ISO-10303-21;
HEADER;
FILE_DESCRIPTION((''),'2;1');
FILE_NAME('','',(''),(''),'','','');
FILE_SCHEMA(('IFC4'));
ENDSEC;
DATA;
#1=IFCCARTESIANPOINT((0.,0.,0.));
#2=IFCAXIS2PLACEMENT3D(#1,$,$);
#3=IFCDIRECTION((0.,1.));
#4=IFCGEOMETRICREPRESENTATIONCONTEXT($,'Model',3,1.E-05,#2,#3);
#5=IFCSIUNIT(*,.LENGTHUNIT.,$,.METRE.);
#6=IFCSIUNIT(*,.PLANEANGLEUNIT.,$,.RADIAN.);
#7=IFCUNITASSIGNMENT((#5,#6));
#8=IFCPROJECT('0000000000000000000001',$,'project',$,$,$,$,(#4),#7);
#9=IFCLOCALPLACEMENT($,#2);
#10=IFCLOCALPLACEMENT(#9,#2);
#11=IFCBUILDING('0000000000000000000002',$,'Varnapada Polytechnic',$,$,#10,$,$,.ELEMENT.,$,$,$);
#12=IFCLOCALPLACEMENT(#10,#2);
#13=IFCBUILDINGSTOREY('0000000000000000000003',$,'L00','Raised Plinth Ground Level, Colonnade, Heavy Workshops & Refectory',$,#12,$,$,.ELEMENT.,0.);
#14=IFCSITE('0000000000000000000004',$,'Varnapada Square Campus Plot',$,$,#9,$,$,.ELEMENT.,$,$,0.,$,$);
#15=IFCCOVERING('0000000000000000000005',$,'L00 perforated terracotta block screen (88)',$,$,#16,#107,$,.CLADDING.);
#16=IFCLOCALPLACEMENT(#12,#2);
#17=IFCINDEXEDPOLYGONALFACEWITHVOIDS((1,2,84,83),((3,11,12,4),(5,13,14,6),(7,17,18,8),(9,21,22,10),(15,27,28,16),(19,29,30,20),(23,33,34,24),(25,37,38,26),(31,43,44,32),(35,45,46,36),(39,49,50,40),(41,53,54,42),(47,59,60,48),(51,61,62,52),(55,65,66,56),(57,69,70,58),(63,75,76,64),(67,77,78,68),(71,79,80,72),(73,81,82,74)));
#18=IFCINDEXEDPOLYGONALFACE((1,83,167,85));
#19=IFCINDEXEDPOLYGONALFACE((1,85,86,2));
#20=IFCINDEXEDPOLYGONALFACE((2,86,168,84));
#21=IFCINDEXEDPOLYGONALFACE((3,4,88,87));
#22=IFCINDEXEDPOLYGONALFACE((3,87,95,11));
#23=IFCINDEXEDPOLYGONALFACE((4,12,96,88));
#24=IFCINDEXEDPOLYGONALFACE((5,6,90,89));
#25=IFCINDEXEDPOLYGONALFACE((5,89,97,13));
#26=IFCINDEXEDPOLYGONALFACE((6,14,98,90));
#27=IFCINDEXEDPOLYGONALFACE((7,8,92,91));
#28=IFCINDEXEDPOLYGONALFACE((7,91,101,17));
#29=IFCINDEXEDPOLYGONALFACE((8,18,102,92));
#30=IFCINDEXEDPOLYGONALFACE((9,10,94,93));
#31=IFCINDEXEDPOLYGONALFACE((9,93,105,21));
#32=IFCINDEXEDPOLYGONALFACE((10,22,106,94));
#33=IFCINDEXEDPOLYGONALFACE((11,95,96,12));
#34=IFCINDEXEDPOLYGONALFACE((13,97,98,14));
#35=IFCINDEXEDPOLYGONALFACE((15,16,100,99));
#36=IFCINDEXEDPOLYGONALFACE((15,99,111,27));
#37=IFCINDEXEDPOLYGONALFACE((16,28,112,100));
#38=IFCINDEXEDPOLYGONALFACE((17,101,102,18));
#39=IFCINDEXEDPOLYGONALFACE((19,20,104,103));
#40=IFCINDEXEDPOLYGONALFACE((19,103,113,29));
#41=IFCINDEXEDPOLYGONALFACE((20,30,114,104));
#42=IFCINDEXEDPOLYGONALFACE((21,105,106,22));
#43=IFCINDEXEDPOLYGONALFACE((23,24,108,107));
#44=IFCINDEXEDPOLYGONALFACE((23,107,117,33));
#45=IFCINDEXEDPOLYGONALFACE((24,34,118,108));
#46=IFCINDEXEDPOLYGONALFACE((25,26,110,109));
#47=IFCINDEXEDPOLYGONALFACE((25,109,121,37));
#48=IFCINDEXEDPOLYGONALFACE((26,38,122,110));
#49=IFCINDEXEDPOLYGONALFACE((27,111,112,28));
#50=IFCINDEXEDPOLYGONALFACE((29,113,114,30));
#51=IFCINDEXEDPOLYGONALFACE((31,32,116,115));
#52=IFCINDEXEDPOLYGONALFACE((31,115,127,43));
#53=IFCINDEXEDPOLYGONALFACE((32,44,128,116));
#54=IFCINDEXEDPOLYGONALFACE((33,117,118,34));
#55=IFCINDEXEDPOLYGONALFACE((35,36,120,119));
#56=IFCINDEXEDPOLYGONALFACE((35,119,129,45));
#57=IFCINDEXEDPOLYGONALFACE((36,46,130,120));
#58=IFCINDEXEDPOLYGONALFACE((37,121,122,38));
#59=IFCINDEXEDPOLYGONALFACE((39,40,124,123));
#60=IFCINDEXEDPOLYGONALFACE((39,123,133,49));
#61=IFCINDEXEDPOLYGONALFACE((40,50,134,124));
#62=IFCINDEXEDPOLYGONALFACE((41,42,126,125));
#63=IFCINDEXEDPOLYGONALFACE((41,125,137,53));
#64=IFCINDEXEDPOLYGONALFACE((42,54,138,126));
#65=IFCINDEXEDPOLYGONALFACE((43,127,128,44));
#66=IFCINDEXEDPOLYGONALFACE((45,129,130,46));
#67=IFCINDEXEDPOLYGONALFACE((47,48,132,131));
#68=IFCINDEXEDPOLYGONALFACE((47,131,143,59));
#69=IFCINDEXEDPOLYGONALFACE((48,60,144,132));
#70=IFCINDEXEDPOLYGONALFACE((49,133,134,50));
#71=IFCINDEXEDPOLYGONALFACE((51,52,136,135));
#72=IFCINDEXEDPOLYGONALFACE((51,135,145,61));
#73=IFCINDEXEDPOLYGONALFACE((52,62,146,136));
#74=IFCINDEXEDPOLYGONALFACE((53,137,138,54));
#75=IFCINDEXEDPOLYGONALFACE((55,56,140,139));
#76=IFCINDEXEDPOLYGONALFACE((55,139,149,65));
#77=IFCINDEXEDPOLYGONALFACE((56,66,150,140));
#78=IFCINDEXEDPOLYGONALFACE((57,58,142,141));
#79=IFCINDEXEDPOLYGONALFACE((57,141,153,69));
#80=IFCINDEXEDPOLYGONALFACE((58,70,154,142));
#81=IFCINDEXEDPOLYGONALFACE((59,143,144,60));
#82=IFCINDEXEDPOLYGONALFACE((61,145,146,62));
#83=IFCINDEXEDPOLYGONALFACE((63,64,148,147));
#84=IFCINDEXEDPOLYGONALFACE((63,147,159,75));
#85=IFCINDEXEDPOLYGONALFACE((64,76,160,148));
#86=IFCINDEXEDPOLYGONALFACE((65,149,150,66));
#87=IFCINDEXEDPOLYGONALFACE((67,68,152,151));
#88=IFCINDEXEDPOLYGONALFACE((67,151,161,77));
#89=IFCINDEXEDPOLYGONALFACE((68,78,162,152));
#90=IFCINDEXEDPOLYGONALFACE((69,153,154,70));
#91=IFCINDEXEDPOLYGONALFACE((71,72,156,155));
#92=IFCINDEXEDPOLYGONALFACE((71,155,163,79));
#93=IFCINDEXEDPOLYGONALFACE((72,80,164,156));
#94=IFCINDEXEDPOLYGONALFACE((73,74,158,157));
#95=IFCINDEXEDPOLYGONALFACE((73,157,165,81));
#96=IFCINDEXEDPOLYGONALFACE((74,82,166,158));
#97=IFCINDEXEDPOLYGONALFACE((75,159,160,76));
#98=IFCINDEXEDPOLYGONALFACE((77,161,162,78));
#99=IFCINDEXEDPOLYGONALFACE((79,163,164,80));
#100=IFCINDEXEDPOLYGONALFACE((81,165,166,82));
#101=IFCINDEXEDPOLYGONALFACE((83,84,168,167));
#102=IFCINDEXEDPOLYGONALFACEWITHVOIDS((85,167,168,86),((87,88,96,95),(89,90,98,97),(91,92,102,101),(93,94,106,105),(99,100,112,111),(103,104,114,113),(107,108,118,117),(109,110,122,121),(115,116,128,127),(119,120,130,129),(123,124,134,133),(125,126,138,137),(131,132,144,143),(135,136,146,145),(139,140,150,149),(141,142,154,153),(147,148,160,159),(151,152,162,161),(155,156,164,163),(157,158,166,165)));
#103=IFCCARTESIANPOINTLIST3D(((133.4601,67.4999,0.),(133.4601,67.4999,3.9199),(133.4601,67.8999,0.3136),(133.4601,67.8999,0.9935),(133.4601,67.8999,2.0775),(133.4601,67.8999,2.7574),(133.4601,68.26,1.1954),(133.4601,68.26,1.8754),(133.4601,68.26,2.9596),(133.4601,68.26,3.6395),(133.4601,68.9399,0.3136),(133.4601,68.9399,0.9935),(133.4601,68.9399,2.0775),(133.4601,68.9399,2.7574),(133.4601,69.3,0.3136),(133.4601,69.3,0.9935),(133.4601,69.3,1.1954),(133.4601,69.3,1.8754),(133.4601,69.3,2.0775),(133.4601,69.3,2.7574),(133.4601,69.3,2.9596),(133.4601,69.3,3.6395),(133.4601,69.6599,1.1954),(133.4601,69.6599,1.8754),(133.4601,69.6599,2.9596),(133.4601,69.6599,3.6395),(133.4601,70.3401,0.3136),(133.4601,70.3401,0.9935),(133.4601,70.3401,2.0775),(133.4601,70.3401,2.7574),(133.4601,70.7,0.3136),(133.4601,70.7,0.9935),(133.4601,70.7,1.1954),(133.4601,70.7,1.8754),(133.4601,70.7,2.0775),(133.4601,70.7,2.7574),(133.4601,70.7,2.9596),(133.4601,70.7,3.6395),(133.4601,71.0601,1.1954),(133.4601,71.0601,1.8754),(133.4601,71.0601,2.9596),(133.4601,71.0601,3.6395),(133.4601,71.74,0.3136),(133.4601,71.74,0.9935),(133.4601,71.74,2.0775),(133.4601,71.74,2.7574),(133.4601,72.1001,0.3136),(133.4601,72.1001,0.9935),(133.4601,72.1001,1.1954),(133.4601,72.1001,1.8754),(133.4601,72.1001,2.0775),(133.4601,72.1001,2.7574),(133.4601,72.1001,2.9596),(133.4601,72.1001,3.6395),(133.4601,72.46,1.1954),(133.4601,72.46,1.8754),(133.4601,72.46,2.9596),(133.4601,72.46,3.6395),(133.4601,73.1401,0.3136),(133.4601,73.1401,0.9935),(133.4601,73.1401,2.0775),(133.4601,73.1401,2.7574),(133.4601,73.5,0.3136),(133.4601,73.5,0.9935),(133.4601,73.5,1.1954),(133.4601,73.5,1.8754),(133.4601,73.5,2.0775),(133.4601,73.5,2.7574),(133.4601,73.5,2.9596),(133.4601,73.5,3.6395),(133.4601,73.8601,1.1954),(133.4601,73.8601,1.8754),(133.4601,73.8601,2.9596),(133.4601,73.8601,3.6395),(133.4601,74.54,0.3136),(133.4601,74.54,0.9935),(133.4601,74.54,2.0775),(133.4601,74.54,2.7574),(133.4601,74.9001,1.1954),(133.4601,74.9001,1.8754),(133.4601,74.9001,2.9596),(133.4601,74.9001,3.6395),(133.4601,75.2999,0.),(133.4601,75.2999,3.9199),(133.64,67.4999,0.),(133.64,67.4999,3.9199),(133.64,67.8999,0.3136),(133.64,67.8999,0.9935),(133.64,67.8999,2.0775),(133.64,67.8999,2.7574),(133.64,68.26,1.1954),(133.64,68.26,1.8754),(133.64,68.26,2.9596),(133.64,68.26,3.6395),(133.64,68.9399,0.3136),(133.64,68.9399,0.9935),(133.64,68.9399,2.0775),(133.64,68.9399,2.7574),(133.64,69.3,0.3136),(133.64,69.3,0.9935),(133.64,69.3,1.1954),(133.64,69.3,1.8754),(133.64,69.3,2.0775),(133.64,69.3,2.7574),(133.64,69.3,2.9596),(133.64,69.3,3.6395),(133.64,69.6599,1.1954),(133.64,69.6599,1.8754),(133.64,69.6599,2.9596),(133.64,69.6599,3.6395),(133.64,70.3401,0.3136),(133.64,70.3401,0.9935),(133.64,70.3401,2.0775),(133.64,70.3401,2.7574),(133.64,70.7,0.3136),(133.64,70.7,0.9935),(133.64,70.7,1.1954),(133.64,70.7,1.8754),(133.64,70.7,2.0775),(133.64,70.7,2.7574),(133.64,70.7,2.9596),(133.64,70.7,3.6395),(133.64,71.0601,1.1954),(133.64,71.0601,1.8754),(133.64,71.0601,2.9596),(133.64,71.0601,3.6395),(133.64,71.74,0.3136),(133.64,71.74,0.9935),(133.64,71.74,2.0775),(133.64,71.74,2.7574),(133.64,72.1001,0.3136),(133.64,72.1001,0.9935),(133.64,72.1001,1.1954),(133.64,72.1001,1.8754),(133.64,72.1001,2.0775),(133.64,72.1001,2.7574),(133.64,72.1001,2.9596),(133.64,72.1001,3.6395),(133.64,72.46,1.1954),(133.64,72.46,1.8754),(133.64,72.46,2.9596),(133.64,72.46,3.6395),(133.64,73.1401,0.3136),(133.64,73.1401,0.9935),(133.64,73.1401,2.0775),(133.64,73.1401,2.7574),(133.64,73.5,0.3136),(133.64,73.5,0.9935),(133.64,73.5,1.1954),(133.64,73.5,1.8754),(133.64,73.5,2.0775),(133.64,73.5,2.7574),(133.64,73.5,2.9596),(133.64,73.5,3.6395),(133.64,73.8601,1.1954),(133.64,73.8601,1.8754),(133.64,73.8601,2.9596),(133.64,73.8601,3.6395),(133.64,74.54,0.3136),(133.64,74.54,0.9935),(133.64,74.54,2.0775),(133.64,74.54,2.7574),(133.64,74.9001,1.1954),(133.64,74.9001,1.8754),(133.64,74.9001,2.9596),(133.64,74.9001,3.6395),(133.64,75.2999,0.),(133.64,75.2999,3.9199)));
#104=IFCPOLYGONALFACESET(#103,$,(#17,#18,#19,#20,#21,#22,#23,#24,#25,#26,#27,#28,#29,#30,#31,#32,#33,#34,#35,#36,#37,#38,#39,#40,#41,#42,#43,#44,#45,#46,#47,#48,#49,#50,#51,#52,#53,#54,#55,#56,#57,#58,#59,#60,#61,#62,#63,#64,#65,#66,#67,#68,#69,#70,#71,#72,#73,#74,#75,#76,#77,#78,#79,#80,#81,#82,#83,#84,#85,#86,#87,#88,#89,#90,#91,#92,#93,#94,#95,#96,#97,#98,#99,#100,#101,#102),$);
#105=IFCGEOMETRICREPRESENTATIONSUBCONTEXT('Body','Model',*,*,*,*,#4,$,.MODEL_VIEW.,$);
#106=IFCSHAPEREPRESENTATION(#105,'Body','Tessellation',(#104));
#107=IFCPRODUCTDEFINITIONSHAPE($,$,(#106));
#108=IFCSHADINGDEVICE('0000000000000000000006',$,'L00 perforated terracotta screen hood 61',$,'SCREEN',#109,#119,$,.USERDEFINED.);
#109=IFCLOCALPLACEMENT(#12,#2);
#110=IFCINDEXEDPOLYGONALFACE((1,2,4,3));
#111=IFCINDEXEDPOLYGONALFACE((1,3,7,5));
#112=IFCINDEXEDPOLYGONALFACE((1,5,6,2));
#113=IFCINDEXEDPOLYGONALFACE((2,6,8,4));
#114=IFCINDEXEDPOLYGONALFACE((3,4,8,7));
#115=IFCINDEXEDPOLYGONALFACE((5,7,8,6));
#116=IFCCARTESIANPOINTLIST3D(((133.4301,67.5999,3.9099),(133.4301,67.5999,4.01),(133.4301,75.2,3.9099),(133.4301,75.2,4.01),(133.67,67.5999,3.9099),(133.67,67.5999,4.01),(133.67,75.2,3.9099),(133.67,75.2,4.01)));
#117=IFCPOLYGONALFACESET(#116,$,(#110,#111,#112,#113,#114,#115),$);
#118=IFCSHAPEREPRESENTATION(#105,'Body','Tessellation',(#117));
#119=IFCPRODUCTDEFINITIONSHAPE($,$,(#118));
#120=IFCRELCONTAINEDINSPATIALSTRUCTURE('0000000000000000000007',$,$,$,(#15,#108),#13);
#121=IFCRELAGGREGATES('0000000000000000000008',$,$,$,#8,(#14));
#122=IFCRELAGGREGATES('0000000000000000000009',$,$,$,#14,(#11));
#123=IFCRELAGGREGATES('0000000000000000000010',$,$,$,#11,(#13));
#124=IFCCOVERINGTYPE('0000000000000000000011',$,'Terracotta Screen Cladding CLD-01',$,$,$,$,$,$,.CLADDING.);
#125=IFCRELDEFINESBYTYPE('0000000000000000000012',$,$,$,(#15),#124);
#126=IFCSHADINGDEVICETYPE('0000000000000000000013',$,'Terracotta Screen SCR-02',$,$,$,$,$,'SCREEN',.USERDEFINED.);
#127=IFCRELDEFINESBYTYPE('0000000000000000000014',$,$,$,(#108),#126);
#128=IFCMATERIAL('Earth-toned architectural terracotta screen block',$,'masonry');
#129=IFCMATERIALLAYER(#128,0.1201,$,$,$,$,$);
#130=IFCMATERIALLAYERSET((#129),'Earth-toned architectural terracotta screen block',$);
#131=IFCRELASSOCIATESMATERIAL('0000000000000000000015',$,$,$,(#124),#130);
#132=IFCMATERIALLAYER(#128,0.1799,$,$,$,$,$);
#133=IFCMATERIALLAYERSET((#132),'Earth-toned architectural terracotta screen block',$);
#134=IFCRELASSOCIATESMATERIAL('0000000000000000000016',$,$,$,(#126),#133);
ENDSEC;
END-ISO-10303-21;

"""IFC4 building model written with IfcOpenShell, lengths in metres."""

from ifc_helpers import new_model, si_unit, direction, frame, frame_2d, origin, origin_2d, place, context, subcontext, project, spatial, rectangle, extrude, material, layer, layer_set, type_object, element, save


model = new_model("IFC4")

# Units and contexts
model_context = context("Model", 3, precision=1e-05, world=origin(), true_north=direction((0.0, 1.0)))
body_context = subcontext(model_context, "Body", "Model", "MODEL_VIEW")
ifc_project = project(units=[si_unit("LENGTHUNIT", "METRE"), si_unit("PLANEANGLEUNIT", "RADIAN")], contexts=[model_context])

# Site, building, storey
site_placement = place(None, origin())
site = spatial("IfcSite", under=ifc_project, at=site_placement, Name="Varnapada Square Campus Plot", CompositionType="ELEMENT", RefElevation=0.0)
building_placement = place(site_placement, origin())
building = spatial("IfcBuilding", under=site, at=building_placement, Name="Varnapada Polytechnic", CompositionType="ELEMENT")
storey_placement = place(building_placement, origin())
storey = spatial("IfcBuildingStorey", under=building, at=storey_placement, Name="L00", Description="Raised Plinth Ground Level, Colonnade, Heavy Workshops & Refectory", CompositionType="ELEMENT", Elevation=0.0)

# Covering, openings
ifc_material_1 = material(Name="Earth-toned architectural terracotta screen block", Category="masonry")
ifc_layer_1 = layer(ifc_material_1, 0.1201)
ifc_layer_set_1 = layer_set([ifc_layer_1], Name="Earth-toned architectural terracotta screen block")
covering_type = type_object("IfcCoveringType", Name="Terracotta Screen Cladding CLD-01", PredefinedType="CLADDING", material=ifc_layer_set_1)
covering_placement = place(storey_placement, frame((133.55, 67.5, 0.0), z_axis=(0.0, 0.0, 1.0), x_axis=(0.0, 1.0, 0.0)))
covering = element("IfcCovering", 1, at=covering_placement, inside=storey, type_object=covering_type, Name="L00 perforated terracotta block screen (88)", PredefinedType="CLADDING", context=body_context, shape_type="SweptSolid", body=[
    extrude(rectangle(XDim=7.8, YDim=0.1799, at=frame_2d((3.8999, 0.0))), origin(), (0.0, 0.0, 1.0), 3.9199),
])
opening_1_placement = place(covering_placement, frame((0.3999, 0.0, 0.3137)))
element("IfcOpeningElement", 2, at=opening_1_placement, cuts=covering, PredefinedType="OPENING", context=body_context, shape_type="SweptSolid", body=[
    extrude(rectangle(XDim=1.04, YDim=0.6799, at=frame_2d((0.52, 0.3398))), frame((0.0, 0.0999, 0.0), z_axis=(0.0, -1.0, 0.0), x_axis=(1.0, 0.0, 0.0)), (0.0, 0.0, 1.0), 0.2),
])
opening_2_placement = place(covering_placement, frame((1.8, 0.0, 0.3137)))
element("IfcOpeningElement", 3, at=opening_2_placement, cuts=covering, PredefinedType="OPENING", context=body_context, shape_type="SweptSolid", body=[
    extrude(rectangle(XDim=1.04, YDim=0.6799, at=frame_2d((0.52, 0.3398))), frame((0.0, 0.0999, 0.0), z_axis=(0.0, -1.0, 0.0), x_axis=(1.0, 0.0, 0.0)), (0.0, 0.0, 1.0), 0.2),
])
opening_3_placement = place(covering_placement, frame((3.2, 0.0, 0.3137)))
element("IfcOpeningElement", 4, at=opening_3_placement, cuts=covering, PredefinedType="OPENING", context=body_context, shape_type="SweptSolid", body=[
    extrude(rectangle(XDim=1.04, YDim=0.6799, at=frame_2d((0.52, 0.3398))), frame((0.0, 0.0999, 0.0), z_axis=(0.0, -1.0, 0.0), x_axis=(1.0, 0.0, 0.0)), (0.0, 0.0, 1.0), 0.2),
])
opening_4_placement = place(covering_placement, frame((4.6001, 0.0, 0.3137)))
element("IfcOpeningElement", 5, at=opening_4_placement, cuts=covering, PredefinedType="OPENING", context=body_context, shape_type="SweptSolid", body=[
    extrude(rectangle(XDim=1.04, YDim=0.6799, at=frame_2d((0.52, 0.3398))), frame((0.0, 0.0999, 0.0), z_axis=(0.0, -1.0, 0.0), x_axis=(1.0, 0.0, 0.0)), (0.0, 0.0, 1.0), 0.2),
])
opening_5_placement = place(covering_placement, frame((6.0, 0.0, 0.3137)))
element("IfcOpeningElement", 6, at=opening_5_placement, cuts=covering, PredefinedType="OPENING", context=body_context, shape_type="SweptSolid", body=[
    extrude(rectangle(XDim=1.04, YDim=0.6799, at=frame_2d((0.52, 0.3398))), frame((0.0, 0.0999, 0.0), z_axis=(0.0, -1.0, 0.0), x_axis=(1.0, 0.0, 0.0)), (0.0, 0.0, 1.0), 0.2),
])
opening_6_placement = place(covering_placement, frame((0.76, 0.0, 1.1956)))
element("IfcOpeningElement", 7, at=opening_6_placement, cuts=covering, PredefinedType="OPENING", context=body_context, shape_type="SweptSolid", body=[
    extrude(rectangle(XDim=1.04, YDim=0.6799, at=frame_2d((0.52, 0.3398))), frame((0.0, 0.0999, 0.0), z_axis=(0.0, -1.0, 0.0), x_axis=(1.0, 0.0, 0.0)), (0.0, 0.0, 1.0), 0.2),
])
opening_7_placement = place(covering_placement, frame((2.1599, 0.0, 1.1956)))
element("IfcOpeningElement", 8, at=opening_7_placement, cuts=covering, PredefinedType="OPENING", context=body_context, shape_type="SweptSolid", body=[
    extrude(rectangle(XDim=1.04, YDim=0.6799, at=frame_2d((0.52, 0.3398))), frame((0.0, 0.0999, 0.0), z_axis=(0.0, -1.0, 0.0), x_axis=(1.0, 0.0, 0.0)), (0.0, 0.0, 1.0), 0.2),
])
opening_8_placement = place(covering_placement, frame((3.5601, 0.0, 1.1956)))
element("IfcOpeningElement", 9, at=opening_8_placement, cuts=covering, PredefinedType="OPENING", context=body_context, shape_type="SweptSolid", body=[
    extrude(rectangle(XDim=1.04, YDim=0.6799, at=frame_2d((0.52, 0.3398))), frame((0.0, 0.0999, 0.0), z_axis=(0.0, -1.0, 0.0), x_axis=(1.0, 0.0, 0.0)), (0.0, 0.0, 1.0), 0.2),
])
opening_9_placement = place(covering_placement, frame((4.96, 0.0, 1.1956)))
element("IfcOpeningElement", 10, at=opening_9_placement, cuts=covering, PredefinedType="OPENING", context=body_context, shape_type="SweptSolid", body=[
    extrude(rectangle(XDim=1.04, YDim=0.6799, at=frame_2d((0.52, 0.3398))), frame((0.0, 0.0999, 0.0), z_axis=(0.0, -1.0, 0.0), x_axis=(1.0, 0.0, 0.0)), (0.0, 0.0, 1.0), 0.2),
])
opening_10_placement = place(covering_placement, frame((6.3601, 0.0, 1.1956)))
element("IfcOpeningElement", 11, at=opening_10_placement, cuts=covering, PredefinedType="OPENING", context=body_context, shape_type="SweptSolid", body=[
    extrude(rectangle(XDim=1.04, YDim=0.6799, at=frame_2d((0.52, 0.3398))), frame((0.0, 0.0999, 0.0), z_axis=(0.0, -1.0, 0.0), x_axis=(1.0, 0.0, 0.0)), (0.0, 0.0, 1.0), 0.2),
])
opening_11_placement = place(covering_placement, frame((0.3999, 0.0, 2.0776)))
element("IfcOpeningElement", 12, at=opening_11_placement, cuts=covering, PredefinedType="OPENING", context=body_context, shape_type="SweptSolid", body=[
    extrude(rectangle(XDim=1.04, YDim=0.6799, at=frame_2d((0.52, 0.3398))), frame((0.0, 0.0999, 0.0), z_axis=(0.0, -1.0, 0.0), x_axis=(1.0, 0.0, 0.0)), (0.0, 0.0, 1.0), 0.2),
])
opening_12_placement = place(covering_placement, frame((1.8, 0.0, 2.0776)))
element("IfcOpeningElement", 13, at=opening_12_placement, cuts=covering, PredefinedType="OPENING", context=body_context, shape_type="SweptSolid", body=[
    extrude(rectangle(XDim=1.04, YDim=0.6799, at=frame_2d((0.52, 0.3398))), frame((0.0, 0.0999, 0.0), z_axis=(0.0, -1.0, 0.0), x_axis=(1.0, 0.0, 0.0)), (0.0, 0.0, 1.0), 0.2),
])
opening_13_placement = place(covering_placement, frame((3.2, 0.0, 2.0776)))
element("IfcOpeningElement", 14, at=opening_13_placement, cuts=covering, PredefinedType="OPENING", context=body_context, shape_type="SweptSolid", body=[
    extrude(rectangle(XDim=1.04, YDim=0.6799, at=frame_2d((0.52, 0.3398))), frame((0.0, 0.0999, 0.0), z_axis=(0.0, -1.0, 0.0), x_axis=(1.0, 0.0, 0.0)), (0.0, 0.0, 1.0), 0.2),
])
opening_14_placement = place(covering_placement, frame((4.6001, 0.0, 2.0776)))
element("IfcOpeningElement", 15, at=opening_14_placement, cuts=covering, PredefinedType="OPENING", context=body_context, shape_type="SweptSolid", body=[
    extrude(rectangle(XDim=1.04, YDim=0.6799, at=frame_2d((0.52, 0.3398))), frame((0.0, 0.0999, 0.0), z_axis=(0.0, -1.0, 0.0), x_axis=(1.0, 0.0, 0.0)), (0.0, 0.0, 1.0), 0.2),
])
opening_15_placement = place(covering_placement, frame((6.0, 0.0, 2.0776)))
element("IfcOpeningElement", 16, at=opening_15_placement, cuts=covering, PredefinedType="OPENING", context=body_context, shape_type="SweptSolid", body=[
    extrude(rectangle(XDim=1.04, YDim=0.6799, at=frame_2d((0.52, 0.3398))), frame((0.0, 0.0999, 0.0), z_axis=(0.0, -1.0, 0.0), x_axis=(1.0, 0.0, 0.0)), (0.0, 0.0, 1.0), 0.2),
])
opening_16_placement = place(covering_placement, frame((0.76, 0.0, 2.9597)))
element("IfcOpeningElement", 17, at=opening_16_placement, cuts=covering, PredefinedType="OPENING", context=body_context, shape_type="SweptSolid", body=[
    extrude(rectangle(XDim=1.04, YDim=0.6799, at=frame_2d((0.52, 0.3398))), frame((0.0, 0.0999, 0.0), z_axis=(0.0, -1.0, 0.0), x_axis=(1.0, 0.0, 0.0)), (0.0, 0.0, 1.0), 0.2),
])
opening_17_placement = place(covering_placement, frame((2.1599, 0.0, 2.9597)))
element("IfcOpeningElement", 18, at=opening_17_placement, cuts=covering, PredefinedType="OPENING", context=body_context, shape_type="SweptSolid", body=[
    extrude(rectangle(XDim=1.04, YDim=0.6799, at=frame_2d((0.52, 0.3398))), frame((0.0, 0.0999, 0.0), z_axis=(0.0, -1.0, 0.0), x_axis=(1.0, 0.0, 0.0)), (0.0, 0.0, 1.0), 0.2),
])
opening_18_placement = place(covering_placement, frame((3.5601, 0.0, 2.9597)))
element("IfcOpeningElement", 19, at=opening_18_placement, cuts=covering, PredefinedType="OPENING", context=body_context, shape_type="SweptSolid", body=[
    extrude(rectangle(XDim=1.04, YDim=0.6799, at=frame_2d((0.52, 0.3398))), frame((0.0, 0.0999, 0.0), z_axis=(0.0, -1.0, 0.0), x_axis=(1.0, 0.0, 0.0)), (0.0, 0.0, 1.0), 0.2),
])
opening_19_placement = place(covering_placement, frame((4.96, 0.0, 2.9597)))
element("IfcOpeningElement", 20, at=opening_19_placement, cuts=covering, PredefinedType="OPENING", context=body_context, shape_type="SweptSolid", body=[
    extrude(rectangle(XDim=1.04, YDim=0.6799, at=frame_2d((0.52, 0.3398))), frame((0.0, 0.0999, 0.0), z_axis=(0.0, -1.0, 0.0), x_axis=(1.0, 0.0, 0.0)), (0.0, 0.0, 1.0), 0.2),
])
opening_20_placement = place(covering_placement, frame((6.3601, 0.0, 2.9597)))
element("IfcOpeningElement", 21, at=opening_20_placement, cuts=covering, PredefinedType="OPENING", context=body_context, shape_type="SweptSolid", body=[
    extrude(rectangle(XDim=1.04, YDim=0.6799, at=frame_2d((0.52, 0.3398))), frame((0.0, 0.0999, 0.0), z_axis=(0.0, -1.0, 0.0), x_axis=(1.0, 0.0, 0.0)), (0.0, 0.0, 1.0), 0.2),
])

# Shading device
ifc_layer_2 = layer(ifc_material_1, 0.1799)
ifc_layer_set_2 = layer_set([ifc_layer_2], Name="Earth-toned architectural terracotta screen block")
shading_device_type = type_object("IfcShadingDeviceType", Name="Terracotta Screen SCR-02", ElementType="SCREEN", PredefinedType="USERDEFINED", material=ifc_layer_set_2)
shading_device_placement = place(storey_placement, frame((133.55, 71.3999, 3.9099), z_axis=(0.0, 0.0, 1.0), x_axis=(0.0, 1.0, 0.0)))
element("IfcShadingDevice", 22, at=shading_device_placement, inside=storey, type_object=shading_device_type, Name="L00 perforated terracotta screen hood 61", ObjectType="SCREEN", PredefinedType="USERDEFINED", context=body_context, shape_type="SweptSolid", body=[
    extrude(rectangle(XDim=7.6001, YDim=0.24, at=origin_2d()), origin(), (0.0, 0.0, 1.0), 0.1001),
])

save(model, "model.ifc")
